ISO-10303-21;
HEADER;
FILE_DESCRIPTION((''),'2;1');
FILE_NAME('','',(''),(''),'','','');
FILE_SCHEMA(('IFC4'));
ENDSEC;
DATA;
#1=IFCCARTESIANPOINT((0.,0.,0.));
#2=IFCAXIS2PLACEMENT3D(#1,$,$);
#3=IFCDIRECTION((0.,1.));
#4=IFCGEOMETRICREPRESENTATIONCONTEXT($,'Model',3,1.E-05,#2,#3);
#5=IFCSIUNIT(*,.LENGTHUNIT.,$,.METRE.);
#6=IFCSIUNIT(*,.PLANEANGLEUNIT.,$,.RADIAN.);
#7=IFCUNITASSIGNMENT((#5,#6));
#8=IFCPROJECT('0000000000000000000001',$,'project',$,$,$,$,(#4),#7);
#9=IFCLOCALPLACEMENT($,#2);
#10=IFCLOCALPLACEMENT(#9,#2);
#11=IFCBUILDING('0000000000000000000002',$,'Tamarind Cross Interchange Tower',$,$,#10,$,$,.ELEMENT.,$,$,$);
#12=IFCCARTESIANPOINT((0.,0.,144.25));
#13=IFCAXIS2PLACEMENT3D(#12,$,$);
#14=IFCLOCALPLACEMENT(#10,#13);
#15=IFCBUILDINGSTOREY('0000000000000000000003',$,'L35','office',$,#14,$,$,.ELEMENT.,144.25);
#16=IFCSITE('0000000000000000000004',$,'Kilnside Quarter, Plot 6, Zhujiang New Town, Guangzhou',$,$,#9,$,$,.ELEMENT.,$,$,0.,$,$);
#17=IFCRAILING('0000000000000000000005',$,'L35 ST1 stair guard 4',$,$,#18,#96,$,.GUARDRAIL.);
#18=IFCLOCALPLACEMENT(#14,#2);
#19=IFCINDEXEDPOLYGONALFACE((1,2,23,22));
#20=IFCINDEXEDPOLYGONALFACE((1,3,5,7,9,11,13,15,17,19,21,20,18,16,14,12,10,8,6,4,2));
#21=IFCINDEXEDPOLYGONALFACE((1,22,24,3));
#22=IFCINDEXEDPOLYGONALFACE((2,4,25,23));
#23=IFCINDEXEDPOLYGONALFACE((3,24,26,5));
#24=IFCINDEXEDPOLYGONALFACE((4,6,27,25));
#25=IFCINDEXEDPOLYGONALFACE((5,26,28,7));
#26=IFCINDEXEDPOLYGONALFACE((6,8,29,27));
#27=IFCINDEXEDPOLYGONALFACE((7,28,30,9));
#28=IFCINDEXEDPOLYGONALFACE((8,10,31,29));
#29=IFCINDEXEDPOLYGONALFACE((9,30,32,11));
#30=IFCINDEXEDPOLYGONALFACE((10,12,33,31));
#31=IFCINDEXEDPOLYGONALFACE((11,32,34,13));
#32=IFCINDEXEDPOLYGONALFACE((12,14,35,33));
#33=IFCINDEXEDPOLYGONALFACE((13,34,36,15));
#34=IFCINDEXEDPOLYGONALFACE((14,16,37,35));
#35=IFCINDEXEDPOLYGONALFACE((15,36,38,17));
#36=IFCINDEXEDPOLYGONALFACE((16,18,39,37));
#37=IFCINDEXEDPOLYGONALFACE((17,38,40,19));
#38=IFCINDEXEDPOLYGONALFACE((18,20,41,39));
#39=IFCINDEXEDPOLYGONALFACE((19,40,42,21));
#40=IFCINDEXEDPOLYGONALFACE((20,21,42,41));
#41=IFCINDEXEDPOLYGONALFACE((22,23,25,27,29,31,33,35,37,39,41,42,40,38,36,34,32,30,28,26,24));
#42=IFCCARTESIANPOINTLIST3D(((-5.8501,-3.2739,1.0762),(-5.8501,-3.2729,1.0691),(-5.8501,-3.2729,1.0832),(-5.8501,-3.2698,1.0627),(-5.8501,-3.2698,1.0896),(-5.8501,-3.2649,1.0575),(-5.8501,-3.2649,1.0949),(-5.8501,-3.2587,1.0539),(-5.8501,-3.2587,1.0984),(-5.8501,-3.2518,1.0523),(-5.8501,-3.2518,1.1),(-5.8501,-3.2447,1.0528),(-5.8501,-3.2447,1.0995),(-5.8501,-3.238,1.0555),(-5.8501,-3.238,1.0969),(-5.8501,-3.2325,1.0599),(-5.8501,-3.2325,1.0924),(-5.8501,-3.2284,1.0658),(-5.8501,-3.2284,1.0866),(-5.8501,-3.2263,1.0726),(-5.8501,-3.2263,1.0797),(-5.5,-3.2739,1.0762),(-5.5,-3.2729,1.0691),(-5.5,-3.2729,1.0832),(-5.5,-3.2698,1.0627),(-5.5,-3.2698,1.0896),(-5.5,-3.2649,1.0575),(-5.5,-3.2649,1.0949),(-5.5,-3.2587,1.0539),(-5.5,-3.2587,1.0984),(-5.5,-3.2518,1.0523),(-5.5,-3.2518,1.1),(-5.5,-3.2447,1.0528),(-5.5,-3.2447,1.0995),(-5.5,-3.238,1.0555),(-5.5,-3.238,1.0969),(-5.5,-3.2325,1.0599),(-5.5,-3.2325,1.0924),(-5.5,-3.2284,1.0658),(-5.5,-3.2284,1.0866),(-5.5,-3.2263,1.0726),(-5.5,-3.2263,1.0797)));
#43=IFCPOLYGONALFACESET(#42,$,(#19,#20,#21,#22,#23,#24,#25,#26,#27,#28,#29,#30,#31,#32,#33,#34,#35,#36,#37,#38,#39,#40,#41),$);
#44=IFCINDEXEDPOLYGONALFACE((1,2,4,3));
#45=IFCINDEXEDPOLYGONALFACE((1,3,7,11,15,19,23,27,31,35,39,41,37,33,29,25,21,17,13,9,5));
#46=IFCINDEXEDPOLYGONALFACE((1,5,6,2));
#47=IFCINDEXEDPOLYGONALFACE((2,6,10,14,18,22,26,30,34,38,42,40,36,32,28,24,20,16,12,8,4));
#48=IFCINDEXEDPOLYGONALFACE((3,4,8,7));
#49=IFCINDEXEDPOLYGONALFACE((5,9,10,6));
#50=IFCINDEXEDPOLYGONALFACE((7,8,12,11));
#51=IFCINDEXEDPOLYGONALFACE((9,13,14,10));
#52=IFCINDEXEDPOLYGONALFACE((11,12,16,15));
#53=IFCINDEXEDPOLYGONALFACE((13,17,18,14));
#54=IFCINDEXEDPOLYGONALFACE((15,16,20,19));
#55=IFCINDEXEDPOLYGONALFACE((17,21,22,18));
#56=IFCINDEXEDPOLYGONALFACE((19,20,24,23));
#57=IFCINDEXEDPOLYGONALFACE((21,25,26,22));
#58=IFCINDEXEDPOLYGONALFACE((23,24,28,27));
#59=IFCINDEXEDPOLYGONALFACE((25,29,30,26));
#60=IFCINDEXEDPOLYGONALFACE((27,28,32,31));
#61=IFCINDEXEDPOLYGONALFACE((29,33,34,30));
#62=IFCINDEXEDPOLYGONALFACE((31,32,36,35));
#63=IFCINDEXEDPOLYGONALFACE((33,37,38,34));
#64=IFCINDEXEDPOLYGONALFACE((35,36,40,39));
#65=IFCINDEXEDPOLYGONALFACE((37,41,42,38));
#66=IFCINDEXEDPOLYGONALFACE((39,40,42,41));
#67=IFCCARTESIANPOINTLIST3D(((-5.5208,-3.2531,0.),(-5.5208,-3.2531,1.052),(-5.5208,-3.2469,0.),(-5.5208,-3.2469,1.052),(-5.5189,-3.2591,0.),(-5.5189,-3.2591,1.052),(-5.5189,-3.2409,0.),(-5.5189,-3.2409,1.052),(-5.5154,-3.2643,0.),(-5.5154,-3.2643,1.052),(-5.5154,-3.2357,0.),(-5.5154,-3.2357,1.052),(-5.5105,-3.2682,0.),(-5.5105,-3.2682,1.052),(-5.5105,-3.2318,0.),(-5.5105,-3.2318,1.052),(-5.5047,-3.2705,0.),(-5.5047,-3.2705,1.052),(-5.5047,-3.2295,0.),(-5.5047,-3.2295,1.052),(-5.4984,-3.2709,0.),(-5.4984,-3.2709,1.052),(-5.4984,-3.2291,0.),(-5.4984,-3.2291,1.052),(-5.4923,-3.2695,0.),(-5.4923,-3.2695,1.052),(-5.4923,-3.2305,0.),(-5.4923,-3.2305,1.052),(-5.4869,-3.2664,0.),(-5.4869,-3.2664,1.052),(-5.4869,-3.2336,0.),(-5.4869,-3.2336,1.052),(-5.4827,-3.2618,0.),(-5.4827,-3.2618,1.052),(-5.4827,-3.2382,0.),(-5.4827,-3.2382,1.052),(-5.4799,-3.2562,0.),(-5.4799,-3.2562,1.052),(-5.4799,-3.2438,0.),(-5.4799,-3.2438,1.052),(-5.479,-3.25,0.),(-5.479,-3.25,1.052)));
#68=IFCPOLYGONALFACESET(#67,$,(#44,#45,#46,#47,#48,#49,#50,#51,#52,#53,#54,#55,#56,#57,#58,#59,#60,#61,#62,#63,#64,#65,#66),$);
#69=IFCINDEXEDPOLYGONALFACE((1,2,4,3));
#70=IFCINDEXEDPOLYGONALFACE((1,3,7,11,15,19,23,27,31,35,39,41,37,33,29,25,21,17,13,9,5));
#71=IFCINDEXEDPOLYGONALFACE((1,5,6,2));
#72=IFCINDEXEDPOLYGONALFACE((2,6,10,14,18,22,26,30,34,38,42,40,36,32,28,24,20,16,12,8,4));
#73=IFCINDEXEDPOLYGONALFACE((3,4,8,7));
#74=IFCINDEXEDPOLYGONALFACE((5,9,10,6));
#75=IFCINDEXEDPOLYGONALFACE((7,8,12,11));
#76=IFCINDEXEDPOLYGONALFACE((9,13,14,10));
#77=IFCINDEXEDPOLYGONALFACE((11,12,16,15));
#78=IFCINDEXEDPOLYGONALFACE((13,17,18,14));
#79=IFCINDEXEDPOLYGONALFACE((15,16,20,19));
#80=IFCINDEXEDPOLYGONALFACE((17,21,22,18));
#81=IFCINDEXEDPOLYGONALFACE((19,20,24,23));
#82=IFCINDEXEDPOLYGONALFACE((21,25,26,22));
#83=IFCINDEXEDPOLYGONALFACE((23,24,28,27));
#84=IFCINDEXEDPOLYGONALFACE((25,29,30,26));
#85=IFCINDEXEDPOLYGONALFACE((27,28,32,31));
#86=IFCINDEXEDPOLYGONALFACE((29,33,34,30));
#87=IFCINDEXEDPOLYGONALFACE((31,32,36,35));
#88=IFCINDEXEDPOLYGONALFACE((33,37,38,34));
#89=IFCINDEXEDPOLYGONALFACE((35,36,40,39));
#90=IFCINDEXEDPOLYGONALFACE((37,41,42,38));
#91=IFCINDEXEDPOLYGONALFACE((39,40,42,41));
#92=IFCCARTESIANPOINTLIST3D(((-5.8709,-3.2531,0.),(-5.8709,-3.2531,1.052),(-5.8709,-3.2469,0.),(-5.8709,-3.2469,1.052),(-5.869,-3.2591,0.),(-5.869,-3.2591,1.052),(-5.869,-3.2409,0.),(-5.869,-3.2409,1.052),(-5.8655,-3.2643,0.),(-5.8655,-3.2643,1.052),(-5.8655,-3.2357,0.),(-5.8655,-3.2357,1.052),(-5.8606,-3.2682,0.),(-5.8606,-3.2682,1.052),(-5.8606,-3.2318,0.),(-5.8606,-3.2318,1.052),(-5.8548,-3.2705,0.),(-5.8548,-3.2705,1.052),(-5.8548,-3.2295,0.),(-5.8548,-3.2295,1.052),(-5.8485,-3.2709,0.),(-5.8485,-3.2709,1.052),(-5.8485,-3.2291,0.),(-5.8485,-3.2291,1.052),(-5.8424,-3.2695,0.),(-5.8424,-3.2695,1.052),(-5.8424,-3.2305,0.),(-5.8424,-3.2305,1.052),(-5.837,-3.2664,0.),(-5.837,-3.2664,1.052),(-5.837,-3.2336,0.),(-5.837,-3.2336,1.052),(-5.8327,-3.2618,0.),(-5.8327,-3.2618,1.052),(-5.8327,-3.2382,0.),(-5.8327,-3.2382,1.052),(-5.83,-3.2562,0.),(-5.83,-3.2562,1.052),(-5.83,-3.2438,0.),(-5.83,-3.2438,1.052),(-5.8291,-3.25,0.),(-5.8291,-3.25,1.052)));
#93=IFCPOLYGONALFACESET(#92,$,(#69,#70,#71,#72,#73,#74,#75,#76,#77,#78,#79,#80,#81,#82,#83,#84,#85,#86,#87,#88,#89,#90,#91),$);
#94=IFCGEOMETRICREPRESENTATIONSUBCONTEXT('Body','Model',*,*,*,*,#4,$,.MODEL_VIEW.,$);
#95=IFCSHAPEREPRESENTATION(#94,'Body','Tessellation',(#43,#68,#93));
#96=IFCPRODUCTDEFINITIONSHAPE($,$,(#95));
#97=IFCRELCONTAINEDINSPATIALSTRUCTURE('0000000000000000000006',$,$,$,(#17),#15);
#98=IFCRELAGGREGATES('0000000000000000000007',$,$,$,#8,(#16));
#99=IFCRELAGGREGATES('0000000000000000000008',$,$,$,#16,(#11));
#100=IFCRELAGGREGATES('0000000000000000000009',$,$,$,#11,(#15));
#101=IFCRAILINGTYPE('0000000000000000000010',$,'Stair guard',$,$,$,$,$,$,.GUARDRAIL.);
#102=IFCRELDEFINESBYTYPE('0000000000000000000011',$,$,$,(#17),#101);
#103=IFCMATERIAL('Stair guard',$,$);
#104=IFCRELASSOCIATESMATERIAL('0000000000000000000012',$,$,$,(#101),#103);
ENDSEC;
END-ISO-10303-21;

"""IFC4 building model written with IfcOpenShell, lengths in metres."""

from ifc_helpers import new_model, si_unit, direction, frame, origin, origin_2d, place, context, subcontext, project, spatial, circle, extrude, material, type_object, element, save


model = new_model("IFC4")

# Units and contexts
model_context = context("Model", 3, precision=1e-05, world=origin(), true_north=direction((0.0, 1.0)))
body_context = subcontext(model_context, "Body", "Model", "MODEL_VIEW")
ifc_project = project(units=[si_unit("LENGTHUNIT", "METRE"), si_unit("PLANEANGLEUNIT", "RADIAN")], contexts=[model_context])

# Site, building, storey
site_placement = place(None, origin())
site = spatial("IfcSite", under=ifc_project, at=site_placement, Name="Kilnside Quarter, Plot 6, Zhujiang New Town, Guangzhou", CompositionType="ELEMENT", RefElevation=0.0)
building_placement = place(site_placement, origin())
building = spatial("IfcBuilding", under=site, at=building_placement, Name="Tamarind Cross Interchange Tower", CompositionType="ELEMENT")
storey_placement = place(building_placement, frame((0.0, 0.0, 144.25)))
storey = spatial("IfcBuildingStorey", under=building, at=storey_placement, Name="L35", Description="office", CompositionType="ELEMENT", Elevation=144.25)

# Railing
ifc_material_1 = material(Name="Stair guard")
railing_type_1 = type_object("IfcRailingType", Name="Stair guard", PredefinedType="GUARDRAIL", material=ifc_material_1)
railing_1_placement = place(storey_placement, frame((-5.5, -3.25, 0.0)))
element("IfcRailing", 1, at=railing_1_placement, inside=storey, type_object=railing_type_1, Name="L35 ST1 stair guard 4", PredefinedType="GUARDRAIL", context=body_context, shape_type="SweptSolid", body=[
    extrude(circle(Radius=0.0239, at=origin_2d()), frame((0.0, 0.0, 1.0762), z_axis=(-1.0, 0.0, 0.0), x_axis=(0.0, -1.0, 0.0)), (0.0, 0.0, 1.0), 0.3501),
    extrude(circle(Radius=0.021, at=origin_2d()), origin(), (0.0, 0.0, 1.0), 1.052),
    extrude(circle(Radius=0.021, at=origin_2d()), frame((-0.3501, 0.0, 0.0)), (0.0, 0.0, 1.0), 1.052),
])

save(model, "model.ifc")
